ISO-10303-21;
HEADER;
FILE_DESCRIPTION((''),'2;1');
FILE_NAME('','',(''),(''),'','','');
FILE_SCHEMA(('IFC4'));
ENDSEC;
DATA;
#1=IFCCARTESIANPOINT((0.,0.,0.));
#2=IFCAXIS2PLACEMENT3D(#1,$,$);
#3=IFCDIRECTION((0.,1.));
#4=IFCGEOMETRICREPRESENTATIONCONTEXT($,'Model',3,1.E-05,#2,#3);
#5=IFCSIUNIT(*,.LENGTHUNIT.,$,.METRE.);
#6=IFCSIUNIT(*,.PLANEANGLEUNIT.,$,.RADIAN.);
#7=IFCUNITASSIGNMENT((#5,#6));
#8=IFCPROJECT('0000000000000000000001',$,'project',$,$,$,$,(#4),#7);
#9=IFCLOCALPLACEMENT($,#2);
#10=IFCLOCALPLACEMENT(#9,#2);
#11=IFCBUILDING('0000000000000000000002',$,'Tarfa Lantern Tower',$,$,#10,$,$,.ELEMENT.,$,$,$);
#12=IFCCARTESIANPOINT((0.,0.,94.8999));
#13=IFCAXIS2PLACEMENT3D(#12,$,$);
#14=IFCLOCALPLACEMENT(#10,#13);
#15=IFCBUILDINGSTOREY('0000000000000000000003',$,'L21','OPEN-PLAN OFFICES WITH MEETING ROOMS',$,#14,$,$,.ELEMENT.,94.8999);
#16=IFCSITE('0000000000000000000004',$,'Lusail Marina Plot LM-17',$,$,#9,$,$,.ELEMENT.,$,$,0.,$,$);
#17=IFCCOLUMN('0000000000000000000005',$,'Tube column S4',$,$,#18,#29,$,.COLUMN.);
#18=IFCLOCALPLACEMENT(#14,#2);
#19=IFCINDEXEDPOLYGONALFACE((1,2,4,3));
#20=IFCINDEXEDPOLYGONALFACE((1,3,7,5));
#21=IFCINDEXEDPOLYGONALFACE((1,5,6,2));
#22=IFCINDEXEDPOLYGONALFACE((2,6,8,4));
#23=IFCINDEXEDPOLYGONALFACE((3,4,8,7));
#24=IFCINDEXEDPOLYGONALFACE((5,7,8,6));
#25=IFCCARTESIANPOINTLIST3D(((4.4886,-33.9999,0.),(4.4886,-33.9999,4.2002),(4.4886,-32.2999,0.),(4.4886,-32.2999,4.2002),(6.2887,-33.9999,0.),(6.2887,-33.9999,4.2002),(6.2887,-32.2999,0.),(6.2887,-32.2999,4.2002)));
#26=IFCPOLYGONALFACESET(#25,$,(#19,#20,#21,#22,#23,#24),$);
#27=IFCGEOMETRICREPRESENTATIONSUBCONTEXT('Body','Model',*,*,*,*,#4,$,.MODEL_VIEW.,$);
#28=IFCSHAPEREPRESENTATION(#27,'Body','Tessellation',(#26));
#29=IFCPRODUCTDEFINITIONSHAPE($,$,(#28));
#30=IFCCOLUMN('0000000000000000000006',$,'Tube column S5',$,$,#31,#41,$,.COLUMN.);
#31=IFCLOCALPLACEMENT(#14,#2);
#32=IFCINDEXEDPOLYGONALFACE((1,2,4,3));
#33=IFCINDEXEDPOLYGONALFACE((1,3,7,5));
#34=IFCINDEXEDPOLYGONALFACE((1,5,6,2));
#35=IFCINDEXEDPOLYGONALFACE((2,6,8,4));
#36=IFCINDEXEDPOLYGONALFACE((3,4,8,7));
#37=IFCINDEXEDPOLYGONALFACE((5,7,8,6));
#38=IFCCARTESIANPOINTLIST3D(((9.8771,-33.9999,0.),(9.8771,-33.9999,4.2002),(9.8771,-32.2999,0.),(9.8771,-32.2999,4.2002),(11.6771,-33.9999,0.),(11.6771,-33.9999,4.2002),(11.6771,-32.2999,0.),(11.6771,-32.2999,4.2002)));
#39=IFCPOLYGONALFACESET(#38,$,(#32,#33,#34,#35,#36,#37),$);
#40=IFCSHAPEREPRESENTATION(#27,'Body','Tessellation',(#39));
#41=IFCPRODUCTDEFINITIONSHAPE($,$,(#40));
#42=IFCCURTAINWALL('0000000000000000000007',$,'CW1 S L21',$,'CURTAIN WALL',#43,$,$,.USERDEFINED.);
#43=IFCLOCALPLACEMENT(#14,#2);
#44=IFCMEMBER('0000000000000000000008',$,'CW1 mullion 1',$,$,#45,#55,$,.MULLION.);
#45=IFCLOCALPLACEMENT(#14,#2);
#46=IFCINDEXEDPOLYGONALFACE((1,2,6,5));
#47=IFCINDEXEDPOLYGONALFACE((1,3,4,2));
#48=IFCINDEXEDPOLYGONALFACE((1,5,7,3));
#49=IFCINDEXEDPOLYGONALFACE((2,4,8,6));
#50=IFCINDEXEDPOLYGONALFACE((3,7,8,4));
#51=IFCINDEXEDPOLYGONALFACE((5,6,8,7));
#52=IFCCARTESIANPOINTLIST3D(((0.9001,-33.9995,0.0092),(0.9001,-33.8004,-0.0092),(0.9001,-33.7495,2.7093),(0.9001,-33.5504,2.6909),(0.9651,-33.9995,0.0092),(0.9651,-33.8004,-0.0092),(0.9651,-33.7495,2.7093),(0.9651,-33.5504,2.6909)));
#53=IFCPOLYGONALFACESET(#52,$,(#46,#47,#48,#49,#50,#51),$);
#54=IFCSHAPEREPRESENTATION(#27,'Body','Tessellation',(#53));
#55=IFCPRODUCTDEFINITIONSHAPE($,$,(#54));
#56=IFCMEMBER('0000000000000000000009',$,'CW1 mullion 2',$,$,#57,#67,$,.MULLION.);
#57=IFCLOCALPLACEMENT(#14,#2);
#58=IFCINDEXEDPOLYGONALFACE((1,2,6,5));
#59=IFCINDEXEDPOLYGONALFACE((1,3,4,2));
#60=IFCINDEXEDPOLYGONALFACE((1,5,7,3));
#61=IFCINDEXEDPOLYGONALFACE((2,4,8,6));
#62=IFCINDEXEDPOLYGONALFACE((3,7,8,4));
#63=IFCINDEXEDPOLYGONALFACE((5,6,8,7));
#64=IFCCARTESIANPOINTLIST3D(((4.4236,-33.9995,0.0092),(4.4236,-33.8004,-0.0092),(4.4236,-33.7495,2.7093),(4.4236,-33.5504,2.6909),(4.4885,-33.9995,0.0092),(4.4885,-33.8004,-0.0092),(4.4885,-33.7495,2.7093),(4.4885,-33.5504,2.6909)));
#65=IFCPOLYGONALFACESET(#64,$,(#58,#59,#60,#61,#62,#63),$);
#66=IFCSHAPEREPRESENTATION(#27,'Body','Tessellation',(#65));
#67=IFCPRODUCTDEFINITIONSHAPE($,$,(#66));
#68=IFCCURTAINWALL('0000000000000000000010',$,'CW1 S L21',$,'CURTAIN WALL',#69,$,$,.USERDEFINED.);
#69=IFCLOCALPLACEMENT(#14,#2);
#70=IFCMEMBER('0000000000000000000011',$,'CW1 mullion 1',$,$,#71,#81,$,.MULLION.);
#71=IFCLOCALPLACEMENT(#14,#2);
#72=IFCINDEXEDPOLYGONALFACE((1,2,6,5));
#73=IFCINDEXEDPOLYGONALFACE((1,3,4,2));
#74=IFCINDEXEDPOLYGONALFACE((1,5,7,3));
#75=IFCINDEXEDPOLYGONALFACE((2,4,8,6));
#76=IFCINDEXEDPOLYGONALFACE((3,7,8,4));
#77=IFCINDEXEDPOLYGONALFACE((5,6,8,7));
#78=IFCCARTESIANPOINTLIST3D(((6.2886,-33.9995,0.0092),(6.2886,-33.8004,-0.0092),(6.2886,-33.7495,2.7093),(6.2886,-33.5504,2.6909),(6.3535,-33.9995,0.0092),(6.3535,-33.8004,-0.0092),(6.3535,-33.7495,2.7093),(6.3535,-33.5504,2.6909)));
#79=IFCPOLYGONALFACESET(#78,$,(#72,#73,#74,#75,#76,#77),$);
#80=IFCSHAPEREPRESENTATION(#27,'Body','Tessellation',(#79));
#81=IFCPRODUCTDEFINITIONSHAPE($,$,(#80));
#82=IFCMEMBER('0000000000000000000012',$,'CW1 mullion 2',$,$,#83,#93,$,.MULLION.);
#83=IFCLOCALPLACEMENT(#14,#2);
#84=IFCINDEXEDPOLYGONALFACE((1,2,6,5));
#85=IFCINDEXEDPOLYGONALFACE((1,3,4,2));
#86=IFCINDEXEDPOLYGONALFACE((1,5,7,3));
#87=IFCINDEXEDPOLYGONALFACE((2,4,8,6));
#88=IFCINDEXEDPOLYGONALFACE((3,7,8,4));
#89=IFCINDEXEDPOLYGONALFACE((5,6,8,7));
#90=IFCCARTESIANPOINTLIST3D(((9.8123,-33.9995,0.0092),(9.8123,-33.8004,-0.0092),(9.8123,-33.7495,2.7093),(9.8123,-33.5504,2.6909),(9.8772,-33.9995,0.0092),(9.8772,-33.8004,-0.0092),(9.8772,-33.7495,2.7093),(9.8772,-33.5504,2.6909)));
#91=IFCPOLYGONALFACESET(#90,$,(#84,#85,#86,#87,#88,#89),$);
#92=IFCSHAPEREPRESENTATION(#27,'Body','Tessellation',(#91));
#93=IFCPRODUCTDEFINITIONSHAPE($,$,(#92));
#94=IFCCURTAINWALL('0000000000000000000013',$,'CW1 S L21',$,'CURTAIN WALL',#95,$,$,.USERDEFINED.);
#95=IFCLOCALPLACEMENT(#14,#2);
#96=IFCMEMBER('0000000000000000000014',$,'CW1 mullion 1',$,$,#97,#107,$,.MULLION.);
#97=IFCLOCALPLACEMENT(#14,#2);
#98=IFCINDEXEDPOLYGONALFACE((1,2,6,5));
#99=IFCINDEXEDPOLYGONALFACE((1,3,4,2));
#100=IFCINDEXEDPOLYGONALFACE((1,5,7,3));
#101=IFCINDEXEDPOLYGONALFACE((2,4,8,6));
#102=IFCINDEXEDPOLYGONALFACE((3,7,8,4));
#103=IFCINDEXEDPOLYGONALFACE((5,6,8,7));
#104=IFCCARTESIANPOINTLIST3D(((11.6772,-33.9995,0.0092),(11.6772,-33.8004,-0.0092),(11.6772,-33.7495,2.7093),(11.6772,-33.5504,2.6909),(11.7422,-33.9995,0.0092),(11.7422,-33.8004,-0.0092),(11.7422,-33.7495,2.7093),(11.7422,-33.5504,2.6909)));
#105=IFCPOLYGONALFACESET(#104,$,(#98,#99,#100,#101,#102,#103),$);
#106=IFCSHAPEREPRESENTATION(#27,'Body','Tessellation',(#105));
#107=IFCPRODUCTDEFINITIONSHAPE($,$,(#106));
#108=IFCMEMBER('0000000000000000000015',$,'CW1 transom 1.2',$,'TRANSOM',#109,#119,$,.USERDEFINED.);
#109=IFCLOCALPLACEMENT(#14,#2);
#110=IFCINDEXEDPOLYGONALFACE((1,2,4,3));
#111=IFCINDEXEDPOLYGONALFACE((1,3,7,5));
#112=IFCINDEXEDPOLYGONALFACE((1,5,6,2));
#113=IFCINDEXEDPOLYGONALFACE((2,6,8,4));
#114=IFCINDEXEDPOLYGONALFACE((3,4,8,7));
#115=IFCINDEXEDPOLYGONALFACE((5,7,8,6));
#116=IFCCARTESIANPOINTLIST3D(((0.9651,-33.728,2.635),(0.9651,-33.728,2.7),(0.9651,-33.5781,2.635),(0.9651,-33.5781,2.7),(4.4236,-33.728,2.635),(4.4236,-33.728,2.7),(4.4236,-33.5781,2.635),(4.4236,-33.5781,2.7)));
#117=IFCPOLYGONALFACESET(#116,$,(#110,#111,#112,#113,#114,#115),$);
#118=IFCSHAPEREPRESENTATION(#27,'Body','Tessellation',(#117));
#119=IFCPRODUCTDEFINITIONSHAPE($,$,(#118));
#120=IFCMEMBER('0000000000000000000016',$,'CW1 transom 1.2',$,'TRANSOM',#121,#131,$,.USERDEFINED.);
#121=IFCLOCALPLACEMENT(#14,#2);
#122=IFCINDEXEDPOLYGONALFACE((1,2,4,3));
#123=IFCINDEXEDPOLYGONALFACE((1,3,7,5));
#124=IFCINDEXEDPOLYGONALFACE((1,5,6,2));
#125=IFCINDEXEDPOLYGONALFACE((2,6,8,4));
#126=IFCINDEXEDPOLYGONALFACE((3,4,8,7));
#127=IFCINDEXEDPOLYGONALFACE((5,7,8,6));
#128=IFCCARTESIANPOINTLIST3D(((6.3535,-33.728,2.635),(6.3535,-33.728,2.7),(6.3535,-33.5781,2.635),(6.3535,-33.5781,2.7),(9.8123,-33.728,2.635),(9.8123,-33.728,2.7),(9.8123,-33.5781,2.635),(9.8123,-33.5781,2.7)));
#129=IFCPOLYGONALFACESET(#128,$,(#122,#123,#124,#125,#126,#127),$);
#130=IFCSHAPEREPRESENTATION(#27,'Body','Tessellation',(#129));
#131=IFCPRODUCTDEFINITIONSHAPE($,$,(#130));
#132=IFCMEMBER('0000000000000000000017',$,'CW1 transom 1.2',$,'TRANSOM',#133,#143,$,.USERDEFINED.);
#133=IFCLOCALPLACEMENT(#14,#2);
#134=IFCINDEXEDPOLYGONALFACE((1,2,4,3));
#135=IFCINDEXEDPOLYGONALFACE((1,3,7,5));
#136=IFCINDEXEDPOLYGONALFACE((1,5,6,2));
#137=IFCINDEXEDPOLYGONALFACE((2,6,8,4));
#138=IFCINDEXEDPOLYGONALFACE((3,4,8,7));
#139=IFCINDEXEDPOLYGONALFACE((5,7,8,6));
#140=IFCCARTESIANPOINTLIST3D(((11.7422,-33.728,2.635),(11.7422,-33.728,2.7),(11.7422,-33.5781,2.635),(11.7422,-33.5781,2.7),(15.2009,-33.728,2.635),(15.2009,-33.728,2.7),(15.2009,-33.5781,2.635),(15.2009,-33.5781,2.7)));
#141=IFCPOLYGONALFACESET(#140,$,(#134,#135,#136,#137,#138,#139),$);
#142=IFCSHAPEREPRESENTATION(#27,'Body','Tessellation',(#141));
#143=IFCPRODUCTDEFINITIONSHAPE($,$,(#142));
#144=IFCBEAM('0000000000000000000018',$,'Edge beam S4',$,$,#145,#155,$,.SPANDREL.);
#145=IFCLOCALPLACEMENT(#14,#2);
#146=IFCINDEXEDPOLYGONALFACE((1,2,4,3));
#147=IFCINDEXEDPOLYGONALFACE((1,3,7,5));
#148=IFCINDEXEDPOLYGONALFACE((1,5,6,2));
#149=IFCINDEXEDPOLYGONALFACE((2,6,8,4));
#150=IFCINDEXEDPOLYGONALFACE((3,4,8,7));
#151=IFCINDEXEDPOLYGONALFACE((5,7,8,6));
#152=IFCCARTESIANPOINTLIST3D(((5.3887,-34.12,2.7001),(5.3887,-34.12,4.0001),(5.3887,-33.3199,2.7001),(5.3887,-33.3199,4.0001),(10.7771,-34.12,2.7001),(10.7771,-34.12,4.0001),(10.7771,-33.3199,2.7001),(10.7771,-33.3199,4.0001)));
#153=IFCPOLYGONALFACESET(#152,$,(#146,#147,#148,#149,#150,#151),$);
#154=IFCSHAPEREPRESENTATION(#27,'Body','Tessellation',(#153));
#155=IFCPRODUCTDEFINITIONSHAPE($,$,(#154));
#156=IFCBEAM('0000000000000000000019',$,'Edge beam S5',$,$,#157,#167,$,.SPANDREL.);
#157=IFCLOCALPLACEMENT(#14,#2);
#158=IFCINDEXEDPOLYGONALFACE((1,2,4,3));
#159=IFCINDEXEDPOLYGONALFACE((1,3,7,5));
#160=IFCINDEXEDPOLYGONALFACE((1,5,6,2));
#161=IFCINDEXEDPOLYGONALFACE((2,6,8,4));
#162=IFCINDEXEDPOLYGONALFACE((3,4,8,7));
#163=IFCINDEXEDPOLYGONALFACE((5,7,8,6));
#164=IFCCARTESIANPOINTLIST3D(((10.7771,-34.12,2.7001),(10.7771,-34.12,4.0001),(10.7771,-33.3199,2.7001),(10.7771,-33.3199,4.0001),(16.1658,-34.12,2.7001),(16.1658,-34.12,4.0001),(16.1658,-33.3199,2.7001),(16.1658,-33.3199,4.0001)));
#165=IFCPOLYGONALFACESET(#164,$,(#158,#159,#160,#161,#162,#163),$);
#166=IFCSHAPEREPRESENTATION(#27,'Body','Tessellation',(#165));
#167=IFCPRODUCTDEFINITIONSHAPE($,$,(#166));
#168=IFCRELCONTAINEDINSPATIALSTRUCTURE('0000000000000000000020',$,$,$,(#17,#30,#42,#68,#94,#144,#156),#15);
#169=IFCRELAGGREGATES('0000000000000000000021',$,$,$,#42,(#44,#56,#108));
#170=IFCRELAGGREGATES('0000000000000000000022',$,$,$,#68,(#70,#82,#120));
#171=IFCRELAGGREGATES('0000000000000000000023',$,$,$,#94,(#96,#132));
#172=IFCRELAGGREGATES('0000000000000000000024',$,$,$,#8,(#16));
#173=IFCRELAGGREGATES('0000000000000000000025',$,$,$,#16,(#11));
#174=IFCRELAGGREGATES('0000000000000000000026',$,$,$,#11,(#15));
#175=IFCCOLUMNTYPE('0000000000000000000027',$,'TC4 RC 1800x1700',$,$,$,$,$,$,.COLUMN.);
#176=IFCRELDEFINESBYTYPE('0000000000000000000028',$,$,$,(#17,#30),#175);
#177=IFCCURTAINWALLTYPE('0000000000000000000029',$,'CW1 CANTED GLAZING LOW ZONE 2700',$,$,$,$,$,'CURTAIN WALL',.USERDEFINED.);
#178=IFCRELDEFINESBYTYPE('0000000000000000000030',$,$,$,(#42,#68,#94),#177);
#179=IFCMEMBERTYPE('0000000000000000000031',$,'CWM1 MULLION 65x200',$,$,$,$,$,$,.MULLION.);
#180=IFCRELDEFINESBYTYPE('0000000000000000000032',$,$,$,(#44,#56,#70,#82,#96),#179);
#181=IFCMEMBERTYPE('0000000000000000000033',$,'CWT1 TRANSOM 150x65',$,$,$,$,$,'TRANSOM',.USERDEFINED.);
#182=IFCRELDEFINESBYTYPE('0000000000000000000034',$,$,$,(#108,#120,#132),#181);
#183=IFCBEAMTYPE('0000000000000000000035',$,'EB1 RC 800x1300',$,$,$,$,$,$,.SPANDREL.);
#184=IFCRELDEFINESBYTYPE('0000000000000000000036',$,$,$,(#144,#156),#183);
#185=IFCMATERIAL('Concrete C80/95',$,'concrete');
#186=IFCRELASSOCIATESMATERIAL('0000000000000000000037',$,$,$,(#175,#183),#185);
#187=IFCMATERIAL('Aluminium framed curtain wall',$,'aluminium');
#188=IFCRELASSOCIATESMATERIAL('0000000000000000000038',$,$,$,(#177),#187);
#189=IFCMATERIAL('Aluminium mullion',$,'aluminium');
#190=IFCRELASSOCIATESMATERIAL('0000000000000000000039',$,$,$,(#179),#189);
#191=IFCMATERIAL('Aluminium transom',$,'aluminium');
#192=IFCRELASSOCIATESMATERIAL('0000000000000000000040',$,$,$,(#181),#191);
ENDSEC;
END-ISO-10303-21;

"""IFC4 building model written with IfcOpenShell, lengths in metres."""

from ifc_helpers import new_model, si_unit, direction, frame, origin, origin_2d, place, context, subcontext, project, spatial, rectangle, extrude, material, material_profile, profile_set, type_object, element, aggregate, save


model = new_model("IFC4")

# Units and contexts
model_context = context("Model", 3, precision=1e-05, world=origin(), true_north=direction((0.0, 1.0)))
body_context = subcontext(model_context, "Body", "Model", "MODEL_VIEW")
ifc_project = project(units=[si_unit("LENGTHUNIT", "METRE"), si_unit("PLANEANGLEUNIT", "RADIAN")], contexts=[model_context])

# Site, building, storey
site_placement = place(None, origin())
site = spatial("IfcSite", under=ifc_project, at=site_placement, Name="Lusail Marina Plot LM-17", CompositionType="ELEMENT", RefElevation=0.0)
building_placement = place(site_placement, origin())
building = spatial("IfcBuilding", under=site, at=building_placement, Name="Tarfa Lantern Tower", CompositionType="ELEMENT")
storey_placement = place(building_placement, frame((0.0, 0.0, 94.8999)))
storey = spatial("IfcBuildingStorey", under=building, at=storey_placement, Name="L21", Description="OPEN-PLAN OFFICES WITH MEETING ROOMS", CompositionType="ELEMENT", Elevation=94.8999)

# Columns
ifc_material_1 = material(Name="Concrete C80/95", Category="concrete")
ifc_material_profile_1 = material_profile(ifc_material_1, rectangle(XDim=1.8, YDim=1.7, at=origin_2d()), Name="RC 1800x1700")
ifc_profile_set_1 = profile_set([ifc_material_profile_1], Name="Concrete C80/95")
column_type = type_object("IfcColumnType", Name="TC4 RC 1800x1700", PredefinedType="COLUMN", material=ifc_profile_set_1)
for number, where, z_axis, x_axis, name in (
    (1, (5.3887, -33.1499, 0.0), (0.0, 0.0, 1.0), (1.0, 0.0, 0.0), "Tube column S4"),
    (2, (10.7771, -33.1499, 0.0), (0.0, 0.0, 1.0), (1.0, 0.0, 0.0), "Tube column S5"),
):
    element("IfcColumn", number, at=place(storey_placement, frame(where, z_axis=z_axis, x_axis=x_axis)), inside=storey, type_object=column_type, Name=name, PredefinedType="COLUMN", context=body_context, shape_type="SweptSolid", body=[
        extrude(rectangle(XDim=1.8, YDim=1.7, at=origin_2d()), origin(), (0.0, 0.0, 1.0), 4.2002),
    ])

# Curtain walls, members
ifc_material_2 = material(Name="Aluminium framed curtain wall", Category="aluminium")
curtain_wall_type = type_object("IfcCurtainWallType", Name="CW1 CANTED GLAZING LOW ZONE 2700", ElementType="CURTAIN WALL", PredefinedType="USERDEFINED", material=ifc_material_2)
curtain_wall_1_placement = place(storey_placement, origin())
curtain_wall_1 = element("IfcCurtainWall", 3, at=curtain_wall_1_placement, inside=storey, type_object=curtain_wall_type, Name="CW1 S L21", ObjectType="CURTAIN WALL", PredefinedType="USERDEFINED")
ifc_material_3 = material(Name="Aluminium mullion", Category="aluminium")
ifc_material_profile_2 = material_profile(ifc_material_3, rectangle(XDim=0.0649, YDim=0.2, at=origin_2d()), Name="AL MULLION 65x200")
ifc_profile_set_2 = profile_set([ifc_material_profile_2], Name="Aluminium mullion")
member_type_1 = type_object("IfcMemberType", Name="CWM1 MULLION 65x200", PredefinedType="MULLION", material=ifc_profile_set_2)
member_1_placement = place(storey_placement, frame((0.9326, -33.8999, 0.0), z_axis=(0.0, 0.092192, 0.995741), x_axis=(-1.0, 0.0, 0.0)))
member_1 = element("IfcMember", 4, at=member_1_placement, type_object=member_type_1, Name="CW1 mullion 1", PredefinedType="MULLION", context=body_context, shape_type="SweptSolid", body=[
    extrude(rectangle(XDim=0.0649, YDim=0.2, at=origin_2d()), origin(), (0.0, 0.0, 1.0), 2.7117),
])
member_2_placement = place(storey_placement, frame((4.4561, -33.8999, 0.0), z_axis=(0.0, 0.092192, 0.995741), x_axis=(-1.0, 0.0, 0.0)))
member_2 = element("IfcMember", 5, at=member_2_placement, type_object=member_type_1, Name="CW1 mullion 2", PredefinedType="MULLION", context=body_context, shape_type="SweptSolid", body=[
    extrude(rectangle(XDim=0.0649, YDim=0.2, at=origin_2d()), origin(), (0.0, 0.0, 1.0), 2.7117),
])
curtain_wall_2_placement = place(storey_placement, origin())
curtain_wall_2 = element("IfcCurtainWall", 6, at=curtain_wall_2_placement, inside=storey, type_object=curtain_wall_type, Name="CW1 S L21", ObjectType="CURTAIN WALL", PredefinedType="USERDEFINED")
member_3_placement = place(storey_placement, frame((6.321, -33.8999, 0.0), z_axis=(0.0, 0.092192, 0.995741), x_axis=(-1.0, 0.0, 0.0)))
member_3 = element("IfcMember", 7, at=member_3_placement, type_object=member_type_1, Name="CW1 mullion 1", PredefinedType="MULLION", context=body_context, shape_type="SweptSolid", body=[
    extrude(rectangle(XDim=0.0649, YDim=0.2, at=origin_2d()), origin(), (0.0, 0.0, 1.0), 2.7117),
])
member_4_placement = place(storey_placement, frame((9.8447, -33.8999, 0.0), z_axis=(0.0, 0.092192, 0.995741), x_axis=(-1.0, 0.0, 0.0)))
member_4 = element("IfcMember", 8, at=member_4_placement, type_object=member_type_1, Name="CW1 mullion 2", PredefinedType="MULLION", context=body_context, shape_type="SweptSolid", body=[
    extrude(rectangle(XDim=0.0649, YDim=0.2, at=origin_2d()), origin(), (0.0, 0.0, 1.0), 2.7117),
])

# Curtain wall, member
curtain_wall_3_placement = place(storey_placement, origin())
curtain_wall_3 = element("IfcCurtainWall", 9, at=curtain_wall_3_placement, inside=storey, type_object=curtain_wall_type, Name="CW1 S L21", ObjectType="CURTAIN WALL", PredefinedType="USERDEFINED")
member_5_placement = place(storey_placement, frame((11.7097, -33.8999, 0.0), z_axis=(0.0, 0.092192, 0.995741), x_axis=(-1.0, 0.0, 0.0)))
member_5 = element("IfcMember", 10, at=member_5_placement, type_object=member_type_1, Name="CW1 mullion 1", PredefinedType="MULLION", context=body_context, shape_type="SweptSolid", body=[
    extrude(rectangle(XDim=0.0649, YDim=0.2, at=origin_2d()), origin(), (0.0, 0.0, 1.0), 2.7117),
])

# Members
ifc_material_4 = material(Name="Aluminium transom", Category="aluminium")
ifc_material_profile_3 = material_profile(ifc_material_4, rectangle(XDim=0.1499, YDim=0.0649, at=origin_2d()), Name="AL TRANSOM 150x65")
ifc_profile_set_3 = profile_set([ifc_material_profile_3], Name="Aluminium transom")
member_type_2 = type_object("IfcMemberType", Name="CWT1 TRANSOM 150x65", ElementType="TRANSOM", PredefinedType="USERDEFINED", material=ifc_profile_set_3)
member_6_placement = place(storey_placement, frame((0.9651, -33.6531, 2.6675), z_axis=(1.0, 0.0, 0.0), x_axis=(0.0, 1.0, 0.0)))
member_6 = element("IfcMember", 11, at=member_6_placement, type_object=member_type_2, Name="CW1 transom 1.2", ObjectType="TRANSOM", PredefinedType="USERDEFINED", context=body_context, shape_type="SweptSolid", body=[
    extrude(rectangle(XDim=0.1499, YDim=0.0649, at=origin_2d()), origin(), (0.0, 0.0, 1.0), 3.4585),
])
member_7_placement = place(storey_placement, frame((6.3535, -33.6531, 2.6675), z_axis=(1.0, 0.0, 0.0), x_axis=(0.0, 1.0, 0.0)))
member_7 = element("IfcMember", 12, at=member_7_placement, type_object=member_type_2, Name="CW1 transom 1.2", ObjectType="TRANSOM", PredefinedType="USERDEFINED", context=body_context, shape_type="SweptSolid", body=[
    extrude(rectangle(XDim=0.1499, YDim=0.0649, at=origin_2d()), origin(), (0.0, 0.0, 1.0), 3.4587),
])
member_8_placement = place(storey_placement, frame((11.7422, -33.6531, 2.6675), z_axis=(1.0, 0.0, 0.0), x_axis=(0.0, 1.0, 0.0)))
member_8 = element("IfcMember", 13, at=member_8_placement, type_object=member_type_2, Name="CW1 transom 1.2", ObjectType="TRANSOM", PredefinedType="USERDEFINED", context=body_context, shape_type="SweptSolid", body=[
    extrude(rectangle(XDim=0.1499, YDim=0.0649, at=origin_2d()), origin(), (0.0, 0.0, 1.0), 3.4587),
])

# Beams
ifc_material_profile_4 = material_profile(ifc_material_1, rectangle(XDim=0.8, YDim=1.3, at=origin_2d()), Name="RC 800x1300")
ifc_profile_set_4 = profile_set([ifc_material_profile_4], Name="Concrete C80/95")
beam_type_1 = type_object("IfcBeamType", Name="EB1 RC 800x1300", PredefinedType="SPANDREL", material=ifc_profile_set_4)
beam_1_placement = place(storey_placement, frame((5.3887, -33.72, 3.3501), z_axis=(1.0, 0.0, 0.0), x_axis=(0.0, 1.0, 0.0)))
element("IfcBeam", 14, at=beam_1_placement, inside=storey, type_object=beam_type_1, Name="Edge beam S4", PredefinedType="SPANDREL", context=body_context, shape_type="SweptSolid", body=[
    extrude(rectangle(XDim=0.8, YDim=1.3, at=origin_2d()), origin(), (0.0, 0.0, 1.0), 5.3884),
])
beam_2_placement = place(storey_placement, frame((10.7771, -33.72, 3.3501), z_axis=(1.0, 0.0, 0.0), x_axis=(0.0, 1.0, 0.0)))
element("IfcBeam", 15, at=beam_2_placement, inside=storey, type_object=beam_type_1, Name="Edge beam S5", PredefinedType="SPANDREL", context=body_context, shape_type="SweptSolid", body=[
    extrude(rectangle(XDim=0.8, YDim=1.3, at=origin_2d()), origin(), (0.0, 0.0, 1.0), 5.3887),
])

aggregate(curtain_wall_1, [member_1, member_2, member_6])
aggregate(curtain_wall_2, [member_3, member_4, member_7])
aggregate(curtain_wall_3, [member_5, member_8])

save(model, "model.ifc")
